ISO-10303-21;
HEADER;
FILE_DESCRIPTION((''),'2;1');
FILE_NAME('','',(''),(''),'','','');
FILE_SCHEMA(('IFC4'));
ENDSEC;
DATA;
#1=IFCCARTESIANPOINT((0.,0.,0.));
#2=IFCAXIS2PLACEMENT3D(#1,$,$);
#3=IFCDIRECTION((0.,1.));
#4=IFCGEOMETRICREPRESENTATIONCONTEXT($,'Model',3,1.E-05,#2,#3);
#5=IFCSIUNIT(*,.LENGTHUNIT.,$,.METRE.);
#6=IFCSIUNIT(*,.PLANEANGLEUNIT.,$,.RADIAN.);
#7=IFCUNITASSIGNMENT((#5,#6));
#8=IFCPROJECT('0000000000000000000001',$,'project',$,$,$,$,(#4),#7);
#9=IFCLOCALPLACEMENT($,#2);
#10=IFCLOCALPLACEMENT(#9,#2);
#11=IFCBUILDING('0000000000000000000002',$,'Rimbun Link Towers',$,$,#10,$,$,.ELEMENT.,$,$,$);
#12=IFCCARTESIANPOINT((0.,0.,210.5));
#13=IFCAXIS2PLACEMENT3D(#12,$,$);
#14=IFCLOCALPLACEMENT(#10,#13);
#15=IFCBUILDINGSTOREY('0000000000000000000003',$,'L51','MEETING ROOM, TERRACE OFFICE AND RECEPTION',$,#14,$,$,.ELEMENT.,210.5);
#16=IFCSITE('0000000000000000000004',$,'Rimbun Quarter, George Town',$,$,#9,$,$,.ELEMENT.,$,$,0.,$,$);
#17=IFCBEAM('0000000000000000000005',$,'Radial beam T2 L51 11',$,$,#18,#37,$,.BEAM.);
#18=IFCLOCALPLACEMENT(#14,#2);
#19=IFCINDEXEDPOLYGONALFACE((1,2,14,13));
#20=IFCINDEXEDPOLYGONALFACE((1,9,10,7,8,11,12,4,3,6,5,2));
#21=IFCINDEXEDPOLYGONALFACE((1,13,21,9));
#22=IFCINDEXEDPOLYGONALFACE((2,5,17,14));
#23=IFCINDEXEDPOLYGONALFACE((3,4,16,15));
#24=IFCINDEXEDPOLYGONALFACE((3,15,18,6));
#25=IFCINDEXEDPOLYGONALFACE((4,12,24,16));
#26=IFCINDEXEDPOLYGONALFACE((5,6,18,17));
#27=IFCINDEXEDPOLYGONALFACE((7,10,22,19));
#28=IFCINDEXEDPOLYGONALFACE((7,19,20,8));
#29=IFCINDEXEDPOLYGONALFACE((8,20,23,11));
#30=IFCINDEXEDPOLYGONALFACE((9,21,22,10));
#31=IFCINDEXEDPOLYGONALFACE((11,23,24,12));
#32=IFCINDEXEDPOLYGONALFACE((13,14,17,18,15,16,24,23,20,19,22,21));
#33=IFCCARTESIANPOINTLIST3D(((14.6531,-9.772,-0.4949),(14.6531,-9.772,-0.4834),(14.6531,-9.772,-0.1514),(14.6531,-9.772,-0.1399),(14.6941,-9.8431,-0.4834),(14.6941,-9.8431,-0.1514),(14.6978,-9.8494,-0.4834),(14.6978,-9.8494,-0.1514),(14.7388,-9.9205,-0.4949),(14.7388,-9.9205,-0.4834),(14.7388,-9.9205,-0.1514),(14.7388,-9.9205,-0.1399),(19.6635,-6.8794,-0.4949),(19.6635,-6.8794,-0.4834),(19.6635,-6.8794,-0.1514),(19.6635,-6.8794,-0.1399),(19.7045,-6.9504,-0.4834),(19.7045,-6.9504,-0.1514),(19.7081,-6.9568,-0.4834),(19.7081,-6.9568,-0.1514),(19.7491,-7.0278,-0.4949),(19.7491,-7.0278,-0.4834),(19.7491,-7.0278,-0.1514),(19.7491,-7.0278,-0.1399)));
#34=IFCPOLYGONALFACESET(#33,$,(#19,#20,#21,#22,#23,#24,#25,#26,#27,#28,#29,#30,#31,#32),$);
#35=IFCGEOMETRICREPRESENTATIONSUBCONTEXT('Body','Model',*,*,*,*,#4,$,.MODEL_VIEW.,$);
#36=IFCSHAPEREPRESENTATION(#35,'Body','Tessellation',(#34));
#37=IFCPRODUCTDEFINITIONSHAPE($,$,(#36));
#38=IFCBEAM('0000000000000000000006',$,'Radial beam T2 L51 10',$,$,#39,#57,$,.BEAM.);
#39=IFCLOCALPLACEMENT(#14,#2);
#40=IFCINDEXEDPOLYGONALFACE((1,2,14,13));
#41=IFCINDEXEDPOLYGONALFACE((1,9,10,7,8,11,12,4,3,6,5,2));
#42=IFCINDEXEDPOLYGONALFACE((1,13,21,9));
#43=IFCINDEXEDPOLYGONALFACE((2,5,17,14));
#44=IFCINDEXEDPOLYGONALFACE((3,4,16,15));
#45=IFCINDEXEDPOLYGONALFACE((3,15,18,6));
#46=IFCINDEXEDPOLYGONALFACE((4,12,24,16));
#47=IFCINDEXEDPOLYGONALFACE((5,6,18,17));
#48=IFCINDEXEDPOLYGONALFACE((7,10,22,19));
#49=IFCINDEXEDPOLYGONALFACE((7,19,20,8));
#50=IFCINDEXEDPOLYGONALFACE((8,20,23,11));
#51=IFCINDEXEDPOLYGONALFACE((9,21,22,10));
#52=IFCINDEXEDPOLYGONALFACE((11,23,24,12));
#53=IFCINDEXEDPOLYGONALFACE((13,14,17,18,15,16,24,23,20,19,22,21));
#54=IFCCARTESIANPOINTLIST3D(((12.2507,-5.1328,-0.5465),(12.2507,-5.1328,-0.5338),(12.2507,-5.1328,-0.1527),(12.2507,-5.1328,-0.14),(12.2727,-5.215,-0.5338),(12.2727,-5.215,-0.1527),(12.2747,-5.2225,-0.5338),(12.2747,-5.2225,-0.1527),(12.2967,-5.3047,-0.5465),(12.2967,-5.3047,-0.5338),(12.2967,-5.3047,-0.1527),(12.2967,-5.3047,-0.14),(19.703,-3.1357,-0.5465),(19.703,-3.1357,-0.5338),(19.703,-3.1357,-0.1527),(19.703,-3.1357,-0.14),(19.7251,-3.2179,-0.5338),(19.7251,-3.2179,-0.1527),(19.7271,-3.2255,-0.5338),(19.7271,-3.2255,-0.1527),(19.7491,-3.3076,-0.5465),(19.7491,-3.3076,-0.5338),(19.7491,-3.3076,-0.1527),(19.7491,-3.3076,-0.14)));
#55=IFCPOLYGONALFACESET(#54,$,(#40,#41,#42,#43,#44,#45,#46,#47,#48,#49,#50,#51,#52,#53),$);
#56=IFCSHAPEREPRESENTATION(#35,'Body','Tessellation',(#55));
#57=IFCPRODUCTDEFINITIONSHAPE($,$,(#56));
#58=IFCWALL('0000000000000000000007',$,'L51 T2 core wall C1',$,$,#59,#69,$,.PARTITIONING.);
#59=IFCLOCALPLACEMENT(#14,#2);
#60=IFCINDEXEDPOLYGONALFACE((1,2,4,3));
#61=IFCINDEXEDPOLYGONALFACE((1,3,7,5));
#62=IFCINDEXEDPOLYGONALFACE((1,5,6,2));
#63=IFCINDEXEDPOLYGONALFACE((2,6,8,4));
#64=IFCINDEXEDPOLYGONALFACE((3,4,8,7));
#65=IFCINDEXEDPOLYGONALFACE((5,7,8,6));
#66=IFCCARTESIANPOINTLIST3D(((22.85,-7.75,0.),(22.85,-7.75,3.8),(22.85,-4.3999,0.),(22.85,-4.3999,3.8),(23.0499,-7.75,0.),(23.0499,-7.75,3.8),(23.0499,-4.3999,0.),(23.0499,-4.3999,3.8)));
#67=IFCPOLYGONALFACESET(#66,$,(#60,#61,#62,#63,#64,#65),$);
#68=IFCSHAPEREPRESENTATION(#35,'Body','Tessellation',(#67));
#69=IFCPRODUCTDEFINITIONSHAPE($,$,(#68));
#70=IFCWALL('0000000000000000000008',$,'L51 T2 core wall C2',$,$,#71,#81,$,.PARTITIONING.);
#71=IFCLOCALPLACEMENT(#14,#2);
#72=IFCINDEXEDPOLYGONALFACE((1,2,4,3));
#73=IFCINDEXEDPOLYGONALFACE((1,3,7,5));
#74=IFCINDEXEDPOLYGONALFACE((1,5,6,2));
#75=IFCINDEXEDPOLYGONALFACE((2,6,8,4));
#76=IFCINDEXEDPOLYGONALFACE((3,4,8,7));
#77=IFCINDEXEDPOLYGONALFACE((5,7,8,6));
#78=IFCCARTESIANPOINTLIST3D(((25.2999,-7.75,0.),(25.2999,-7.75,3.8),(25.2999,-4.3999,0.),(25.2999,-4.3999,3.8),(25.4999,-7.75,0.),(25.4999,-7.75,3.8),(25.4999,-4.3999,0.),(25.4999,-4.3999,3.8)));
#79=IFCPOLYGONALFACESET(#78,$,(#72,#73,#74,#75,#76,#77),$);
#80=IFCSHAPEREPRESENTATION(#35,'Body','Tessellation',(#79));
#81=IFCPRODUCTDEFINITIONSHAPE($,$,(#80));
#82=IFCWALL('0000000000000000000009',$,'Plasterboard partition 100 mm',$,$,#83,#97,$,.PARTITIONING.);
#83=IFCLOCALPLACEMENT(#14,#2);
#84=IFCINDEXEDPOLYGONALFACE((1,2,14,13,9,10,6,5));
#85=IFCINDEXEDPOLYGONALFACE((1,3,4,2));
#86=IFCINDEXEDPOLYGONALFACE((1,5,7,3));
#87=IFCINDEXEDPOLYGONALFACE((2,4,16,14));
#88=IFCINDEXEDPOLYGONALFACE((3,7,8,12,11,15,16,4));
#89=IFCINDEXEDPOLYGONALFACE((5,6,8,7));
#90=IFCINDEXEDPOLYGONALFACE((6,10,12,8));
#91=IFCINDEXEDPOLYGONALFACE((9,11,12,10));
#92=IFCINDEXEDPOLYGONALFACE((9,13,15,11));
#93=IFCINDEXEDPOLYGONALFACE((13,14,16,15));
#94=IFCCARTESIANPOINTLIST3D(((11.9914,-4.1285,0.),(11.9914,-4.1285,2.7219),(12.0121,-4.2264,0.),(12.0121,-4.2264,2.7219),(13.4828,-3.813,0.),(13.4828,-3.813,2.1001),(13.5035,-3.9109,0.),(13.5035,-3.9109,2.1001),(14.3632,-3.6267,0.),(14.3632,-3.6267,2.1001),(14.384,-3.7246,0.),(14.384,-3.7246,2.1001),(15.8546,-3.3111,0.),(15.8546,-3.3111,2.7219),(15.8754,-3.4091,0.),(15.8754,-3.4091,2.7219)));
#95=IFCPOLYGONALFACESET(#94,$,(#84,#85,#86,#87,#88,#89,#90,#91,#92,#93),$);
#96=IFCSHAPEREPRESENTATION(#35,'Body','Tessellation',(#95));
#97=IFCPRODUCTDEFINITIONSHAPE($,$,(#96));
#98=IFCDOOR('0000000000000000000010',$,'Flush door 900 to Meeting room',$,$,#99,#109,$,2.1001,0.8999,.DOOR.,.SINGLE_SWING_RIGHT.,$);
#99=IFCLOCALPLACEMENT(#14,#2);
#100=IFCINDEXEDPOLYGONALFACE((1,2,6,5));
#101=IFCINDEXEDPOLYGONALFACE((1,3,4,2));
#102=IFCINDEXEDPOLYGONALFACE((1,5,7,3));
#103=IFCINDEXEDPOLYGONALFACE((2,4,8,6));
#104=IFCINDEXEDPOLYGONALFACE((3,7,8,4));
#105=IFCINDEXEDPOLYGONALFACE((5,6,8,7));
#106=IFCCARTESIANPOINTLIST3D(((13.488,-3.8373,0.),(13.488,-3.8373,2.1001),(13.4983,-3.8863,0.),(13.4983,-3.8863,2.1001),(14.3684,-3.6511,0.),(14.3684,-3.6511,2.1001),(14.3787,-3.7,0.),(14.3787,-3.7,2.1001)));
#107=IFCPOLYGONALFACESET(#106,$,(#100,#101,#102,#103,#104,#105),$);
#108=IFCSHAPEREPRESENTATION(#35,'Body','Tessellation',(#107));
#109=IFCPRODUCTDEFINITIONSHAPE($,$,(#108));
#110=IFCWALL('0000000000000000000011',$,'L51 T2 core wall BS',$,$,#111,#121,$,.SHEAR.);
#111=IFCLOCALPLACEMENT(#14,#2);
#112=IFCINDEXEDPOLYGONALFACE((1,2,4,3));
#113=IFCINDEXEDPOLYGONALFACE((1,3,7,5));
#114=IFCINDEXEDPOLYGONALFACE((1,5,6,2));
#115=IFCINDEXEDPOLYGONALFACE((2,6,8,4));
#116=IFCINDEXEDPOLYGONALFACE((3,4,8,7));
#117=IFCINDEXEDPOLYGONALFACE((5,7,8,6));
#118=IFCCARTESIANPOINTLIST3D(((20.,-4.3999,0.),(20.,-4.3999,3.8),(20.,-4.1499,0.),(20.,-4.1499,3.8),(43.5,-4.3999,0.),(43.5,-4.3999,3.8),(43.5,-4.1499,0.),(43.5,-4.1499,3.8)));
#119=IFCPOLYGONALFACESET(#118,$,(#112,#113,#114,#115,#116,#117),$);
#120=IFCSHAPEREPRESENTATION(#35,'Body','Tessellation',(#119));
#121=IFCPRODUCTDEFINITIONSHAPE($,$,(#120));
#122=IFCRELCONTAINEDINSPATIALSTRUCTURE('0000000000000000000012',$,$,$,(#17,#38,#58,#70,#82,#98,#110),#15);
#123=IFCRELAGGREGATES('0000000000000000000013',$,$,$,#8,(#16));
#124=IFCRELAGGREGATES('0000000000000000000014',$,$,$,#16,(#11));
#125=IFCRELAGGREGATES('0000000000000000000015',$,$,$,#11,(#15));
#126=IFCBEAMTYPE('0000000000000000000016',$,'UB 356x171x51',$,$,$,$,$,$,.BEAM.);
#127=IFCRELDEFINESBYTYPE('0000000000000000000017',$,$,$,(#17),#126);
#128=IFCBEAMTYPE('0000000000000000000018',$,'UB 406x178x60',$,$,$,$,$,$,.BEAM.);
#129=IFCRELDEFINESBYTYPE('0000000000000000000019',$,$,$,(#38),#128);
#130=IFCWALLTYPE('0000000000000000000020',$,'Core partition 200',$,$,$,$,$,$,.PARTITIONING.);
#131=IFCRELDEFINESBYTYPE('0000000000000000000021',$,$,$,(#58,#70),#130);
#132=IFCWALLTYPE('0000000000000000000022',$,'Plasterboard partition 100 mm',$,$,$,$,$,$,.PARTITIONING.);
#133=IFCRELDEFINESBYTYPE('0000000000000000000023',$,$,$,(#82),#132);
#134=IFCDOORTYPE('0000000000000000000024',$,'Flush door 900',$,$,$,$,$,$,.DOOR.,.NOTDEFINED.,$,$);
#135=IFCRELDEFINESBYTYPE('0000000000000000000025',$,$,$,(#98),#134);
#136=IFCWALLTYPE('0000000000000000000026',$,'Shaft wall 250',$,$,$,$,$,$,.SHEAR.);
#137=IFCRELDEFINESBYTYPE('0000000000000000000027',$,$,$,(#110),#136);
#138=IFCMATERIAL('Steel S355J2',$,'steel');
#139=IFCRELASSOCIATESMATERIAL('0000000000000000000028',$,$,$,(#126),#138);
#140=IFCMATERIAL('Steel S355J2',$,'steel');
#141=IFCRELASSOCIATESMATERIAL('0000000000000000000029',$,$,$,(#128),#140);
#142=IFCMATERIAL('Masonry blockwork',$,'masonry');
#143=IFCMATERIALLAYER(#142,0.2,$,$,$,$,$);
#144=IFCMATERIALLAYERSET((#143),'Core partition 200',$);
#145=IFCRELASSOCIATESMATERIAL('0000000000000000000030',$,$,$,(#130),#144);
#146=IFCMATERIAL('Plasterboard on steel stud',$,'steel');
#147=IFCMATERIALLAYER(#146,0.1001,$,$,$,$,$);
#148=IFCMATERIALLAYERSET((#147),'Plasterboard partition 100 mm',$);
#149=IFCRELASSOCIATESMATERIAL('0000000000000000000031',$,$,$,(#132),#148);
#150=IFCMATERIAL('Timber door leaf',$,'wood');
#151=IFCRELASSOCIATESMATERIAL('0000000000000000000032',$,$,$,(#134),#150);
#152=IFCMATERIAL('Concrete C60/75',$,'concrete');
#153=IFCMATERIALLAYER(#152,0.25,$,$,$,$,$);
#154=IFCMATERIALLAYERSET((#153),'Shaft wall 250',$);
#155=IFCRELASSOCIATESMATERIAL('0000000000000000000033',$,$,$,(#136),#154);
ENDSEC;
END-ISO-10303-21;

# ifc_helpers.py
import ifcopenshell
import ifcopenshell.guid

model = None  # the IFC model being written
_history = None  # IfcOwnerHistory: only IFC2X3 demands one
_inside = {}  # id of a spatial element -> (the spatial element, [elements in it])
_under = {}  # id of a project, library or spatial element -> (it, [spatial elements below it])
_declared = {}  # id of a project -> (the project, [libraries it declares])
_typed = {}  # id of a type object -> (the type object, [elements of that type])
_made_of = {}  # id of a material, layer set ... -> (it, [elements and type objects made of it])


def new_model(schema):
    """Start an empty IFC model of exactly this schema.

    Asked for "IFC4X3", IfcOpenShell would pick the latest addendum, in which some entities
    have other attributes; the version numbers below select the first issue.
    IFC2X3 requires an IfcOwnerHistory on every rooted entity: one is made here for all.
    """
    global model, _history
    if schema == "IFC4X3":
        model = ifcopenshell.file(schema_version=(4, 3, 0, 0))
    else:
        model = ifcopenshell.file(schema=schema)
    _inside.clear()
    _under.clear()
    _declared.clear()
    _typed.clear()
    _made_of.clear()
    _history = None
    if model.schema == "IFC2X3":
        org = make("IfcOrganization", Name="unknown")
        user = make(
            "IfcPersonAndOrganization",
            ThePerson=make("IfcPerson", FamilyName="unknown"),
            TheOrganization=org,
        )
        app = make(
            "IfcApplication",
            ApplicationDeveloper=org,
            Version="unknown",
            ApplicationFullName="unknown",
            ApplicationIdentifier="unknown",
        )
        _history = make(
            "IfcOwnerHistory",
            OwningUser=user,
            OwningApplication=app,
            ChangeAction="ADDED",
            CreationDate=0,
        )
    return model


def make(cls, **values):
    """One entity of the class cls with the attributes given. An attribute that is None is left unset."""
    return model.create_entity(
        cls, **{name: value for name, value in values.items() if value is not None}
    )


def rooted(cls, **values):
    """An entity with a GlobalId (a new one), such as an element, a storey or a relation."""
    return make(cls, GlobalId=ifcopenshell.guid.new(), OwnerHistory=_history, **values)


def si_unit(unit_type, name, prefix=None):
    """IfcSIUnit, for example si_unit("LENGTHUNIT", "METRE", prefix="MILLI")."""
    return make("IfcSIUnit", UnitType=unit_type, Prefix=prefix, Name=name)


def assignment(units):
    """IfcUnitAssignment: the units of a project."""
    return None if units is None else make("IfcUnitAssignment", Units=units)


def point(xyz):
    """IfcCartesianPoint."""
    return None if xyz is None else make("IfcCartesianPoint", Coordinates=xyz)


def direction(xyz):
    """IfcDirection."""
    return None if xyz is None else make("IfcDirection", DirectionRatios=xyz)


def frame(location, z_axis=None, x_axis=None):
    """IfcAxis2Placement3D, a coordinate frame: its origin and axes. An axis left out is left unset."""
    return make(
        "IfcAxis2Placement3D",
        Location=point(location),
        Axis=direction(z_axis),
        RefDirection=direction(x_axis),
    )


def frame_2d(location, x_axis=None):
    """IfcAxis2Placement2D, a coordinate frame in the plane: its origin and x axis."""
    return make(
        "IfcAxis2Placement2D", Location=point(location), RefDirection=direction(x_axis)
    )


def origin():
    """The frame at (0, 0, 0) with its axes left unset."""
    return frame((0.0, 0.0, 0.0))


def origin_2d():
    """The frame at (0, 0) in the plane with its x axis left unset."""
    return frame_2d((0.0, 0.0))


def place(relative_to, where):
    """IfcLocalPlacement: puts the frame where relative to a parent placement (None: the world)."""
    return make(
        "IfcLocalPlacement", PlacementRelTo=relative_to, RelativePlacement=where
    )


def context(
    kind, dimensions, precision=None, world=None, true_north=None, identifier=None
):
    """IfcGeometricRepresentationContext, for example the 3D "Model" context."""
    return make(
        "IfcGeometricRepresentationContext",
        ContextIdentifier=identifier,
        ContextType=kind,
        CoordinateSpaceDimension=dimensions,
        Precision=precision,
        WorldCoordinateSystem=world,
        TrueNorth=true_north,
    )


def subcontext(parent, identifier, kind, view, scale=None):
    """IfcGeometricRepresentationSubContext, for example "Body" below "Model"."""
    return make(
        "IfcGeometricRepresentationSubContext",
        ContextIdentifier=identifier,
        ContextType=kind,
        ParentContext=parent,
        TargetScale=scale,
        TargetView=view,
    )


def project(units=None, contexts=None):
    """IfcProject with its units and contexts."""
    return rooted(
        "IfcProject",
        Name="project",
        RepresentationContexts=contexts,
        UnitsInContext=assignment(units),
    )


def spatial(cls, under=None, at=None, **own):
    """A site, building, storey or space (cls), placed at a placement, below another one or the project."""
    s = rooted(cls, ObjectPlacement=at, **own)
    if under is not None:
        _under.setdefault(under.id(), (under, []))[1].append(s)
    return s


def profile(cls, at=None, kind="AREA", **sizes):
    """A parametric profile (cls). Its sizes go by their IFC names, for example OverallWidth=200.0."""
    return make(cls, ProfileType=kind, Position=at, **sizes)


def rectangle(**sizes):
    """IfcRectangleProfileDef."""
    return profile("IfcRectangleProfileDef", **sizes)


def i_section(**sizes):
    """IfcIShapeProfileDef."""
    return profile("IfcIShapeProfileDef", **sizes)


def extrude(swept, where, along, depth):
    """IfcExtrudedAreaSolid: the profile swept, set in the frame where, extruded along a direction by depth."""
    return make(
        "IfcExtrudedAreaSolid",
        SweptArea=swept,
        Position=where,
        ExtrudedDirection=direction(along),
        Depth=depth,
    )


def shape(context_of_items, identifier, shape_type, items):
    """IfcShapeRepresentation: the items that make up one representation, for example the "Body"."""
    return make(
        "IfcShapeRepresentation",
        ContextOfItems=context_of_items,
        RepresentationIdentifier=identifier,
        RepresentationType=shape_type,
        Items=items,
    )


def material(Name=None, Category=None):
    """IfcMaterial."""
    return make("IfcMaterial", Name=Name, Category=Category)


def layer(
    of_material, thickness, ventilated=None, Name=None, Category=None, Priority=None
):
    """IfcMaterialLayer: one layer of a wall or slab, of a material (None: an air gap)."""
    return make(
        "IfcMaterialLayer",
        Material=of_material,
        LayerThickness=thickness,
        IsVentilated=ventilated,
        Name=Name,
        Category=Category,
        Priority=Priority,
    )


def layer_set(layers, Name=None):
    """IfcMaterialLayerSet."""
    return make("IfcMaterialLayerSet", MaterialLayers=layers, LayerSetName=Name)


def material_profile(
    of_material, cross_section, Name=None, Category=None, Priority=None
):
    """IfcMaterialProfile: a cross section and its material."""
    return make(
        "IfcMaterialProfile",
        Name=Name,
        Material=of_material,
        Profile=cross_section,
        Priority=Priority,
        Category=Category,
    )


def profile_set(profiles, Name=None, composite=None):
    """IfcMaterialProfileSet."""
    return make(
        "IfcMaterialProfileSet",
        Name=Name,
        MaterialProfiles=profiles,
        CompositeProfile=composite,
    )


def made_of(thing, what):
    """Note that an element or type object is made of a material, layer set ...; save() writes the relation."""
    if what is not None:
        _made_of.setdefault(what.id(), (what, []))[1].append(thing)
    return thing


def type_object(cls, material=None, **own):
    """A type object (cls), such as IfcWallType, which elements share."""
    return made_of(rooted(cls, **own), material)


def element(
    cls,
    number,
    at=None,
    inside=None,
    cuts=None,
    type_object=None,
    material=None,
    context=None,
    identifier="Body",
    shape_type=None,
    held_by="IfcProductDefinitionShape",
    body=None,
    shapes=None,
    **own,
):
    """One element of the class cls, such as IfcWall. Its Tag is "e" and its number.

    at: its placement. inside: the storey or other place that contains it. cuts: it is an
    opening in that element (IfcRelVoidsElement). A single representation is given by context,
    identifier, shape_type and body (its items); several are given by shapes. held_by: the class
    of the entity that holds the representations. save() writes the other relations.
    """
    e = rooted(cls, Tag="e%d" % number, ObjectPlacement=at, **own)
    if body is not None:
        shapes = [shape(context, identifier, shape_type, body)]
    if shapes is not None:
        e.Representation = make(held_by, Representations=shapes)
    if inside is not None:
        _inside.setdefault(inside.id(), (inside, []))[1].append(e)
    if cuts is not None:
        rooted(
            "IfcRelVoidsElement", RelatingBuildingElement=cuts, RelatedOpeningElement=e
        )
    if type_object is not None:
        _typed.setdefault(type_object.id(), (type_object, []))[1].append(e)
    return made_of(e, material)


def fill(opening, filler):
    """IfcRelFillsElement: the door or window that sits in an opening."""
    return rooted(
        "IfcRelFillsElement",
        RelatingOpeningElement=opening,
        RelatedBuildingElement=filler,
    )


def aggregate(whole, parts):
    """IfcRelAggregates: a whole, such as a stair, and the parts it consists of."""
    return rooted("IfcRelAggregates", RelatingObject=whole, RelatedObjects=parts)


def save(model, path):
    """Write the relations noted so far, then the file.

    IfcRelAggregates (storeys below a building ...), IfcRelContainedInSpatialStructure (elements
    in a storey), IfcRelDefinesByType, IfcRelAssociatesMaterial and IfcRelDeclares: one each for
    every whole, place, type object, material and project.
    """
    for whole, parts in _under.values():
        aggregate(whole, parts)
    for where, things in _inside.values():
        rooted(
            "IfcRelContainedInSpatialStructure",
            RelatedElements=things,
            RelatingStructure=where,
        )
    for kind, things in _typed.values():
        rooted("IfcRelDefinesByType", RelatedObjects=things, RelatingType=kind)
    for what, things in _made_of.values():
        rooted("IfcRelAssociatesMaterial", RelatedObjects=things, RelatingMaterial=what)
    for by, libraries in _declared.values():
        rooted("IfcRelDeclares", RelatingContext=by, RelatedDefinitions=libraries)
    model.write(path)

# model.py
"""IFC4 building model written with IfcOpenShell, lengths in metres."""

from ifc_helpers import new_model, si_unit, direction, frame, frame_2d, origin, origin_2d, place, context, subcontext, project, spatial, rectangle, i_section, extrude, material, layer, layer_set, material_profile, profile_set, type_object, element, fill, save


model = new_model("IFC4")

# Units and contexts
model_context = context("Model", 3, precision=1e-05, world=origin(), true_north=direction((0.0, 1.0)))
body_context = subcontext(model_context, "Body", "Model", "MODEL_VIEW")
ifc_project = project(units=[si_unit("LENGTHUNIT", "METRE"), si_unit("PLANEANGLEUNIT", "RADIAN")], contexts=[model_context])

# Site, building, storey
site_placement = place(None, origin())
site = spatial("IfcSite", under=ifc_project, at=site_placement, Name="Rimbun Quarter, George Town", CompositionType="ELEMENT", RefElevation=0.0)
building_placement = place(site_placement, origin())
building = spatial("IfcBuilding", under=site, at=building_placement, Name="Rimbun Link Towers", CompositionType="ELEMENT")
storey_placement = place(building_placement, frame((0.0, 0.0, 210.5)))
storey = spatial("IfcBuildingStorey", under=building, at=storey_placement, Name="L51", Description="MEETING ROOM, TERRACE OFFICE AND RECEPTION", CompositionType="ELEMENT", Elevation=210.5)

# Beams
ifc_material_1 = material(Name="Steel S355J2", Category="steel")
ifc_material_profile_1 = material_profile(ifc_material_1, i_section(OverallWidth=0.1714, OverallDepth=0.355, WebThickness=0.0073, FlangeThickness=0.0115, at=origin_2d()), Name="UB 356x171x51")
ifc_profile_set_1 = profile_set([ifc_material_profile_1], Name="Steel S355J2")
beam_type_1 = type_object("IfcBeamType", Name="UB 356x171x51", PredefinedType="BEAM", material=ifc_profile_set_1)
beam_1_placement = place(storey_placement, frame((19.7063, -6.9536, -0.3174), z_axis=(-0.866032, -0.499988, 0.0), x_axis=(0.499988, -0.866032, 0.0)))
element("IfcBeam", 1, at=beam_1_placement, inside=storey, type_object=beam_type_1, Name="Radial beam T2 L51 11", PredefinedType="BEAM", context=body_context, shape_type="SweptSolid", body=[
    extrude(i_section(OverallWidth=0.1714, OverallDepth=0.355, WebThickness=0.0073, FlangeThickness=0.0115, at=origin_2d()), origin(), (0.0, 0.0, 1.0), 5.7854),
])
ifc_material_2 = material(Name="Steel S355J2", Category="steel")
ifc_material_profile_2 = material_profile(ifc_material_2, i_section(OverallWidth=0.178, OverallDepth=0.4065, WebThickness=0.0078, FlangeThickness=0.0127, at=origin_2d()), Name="UB 406x178x60")
ifc_profile_set_2 = profile_set([ifc_material_profile_2], Name="Steel S355J2")
beam_type_2 = type_object("IfcBeamType", Name="UB 406x178x60", PredefinedType="BEAM", material=ifc_profile_set_2)
beam_2_placement = place(storey_placement, frame((19.7261, -3.2217, -0.3433), z_axis=(-0.965919, -0.258844, 0.0), x_axis=(0.258844, -0.965919, 0.0)))
element("IfcBeam", 2, at=beam_2_placement, inside=storey, type_object=beam_type_2, Name="Radial beam T2 L51 10", PredefinedType="BEAM", context=body_context, shape_type="SweptSolid", body=[
    extrude(i_section(OverallWidth=0.178, OverallDepth=0.4065, WebThickness=0.0078, FlangeThickness=0.0127, at=origin_2d()), origin(), (0.0, 0.0, 1.0), 7.7153),
])

# Walls
ifc_material_3 = material(Name="Masonry blockwork", Category="masonry")
ifc_layer_1 = layer(ifc_material_3, 0.2)
ifc_layer_set_1 = layer_set([ifc_layer_1], Name="Core partition 200")
wall_type_1 = type_object("IfcWallType", Name="Core partition 200", PredefinedType="PARTITIONING", material=ifc_layer_set_1)
for number, where, z_axis, x_axis, name in (
    (3, (22.95, -4.3999, 0.0), (0.0, 0.0, 1.0), (0.0, -1.0, 0.0), "L51 T2 core wall C1"),
    (4, (25.3999, -4.3999, 0.0), (0.0, 0.0, 1.0), (0.0, -1.0, 0.0), "L51 T2 core wall C2"),
):
    element("IfcWall", number, at=place(storey_placement, frame(where, z_axis=z_axis, x_axis=x_axis)), inside=storey, type_object=wall_type_1, Name=name, PredefinedType="PARTITIONING", context=body_context, shape_type="SweptSolid", body=[
        extrude(rectangle(XDim=3.3501, YDim=0.2, at=frame_2d((1.675, 0.0))), origin(), (0.0, 0.0, 1.0), 3.8),
    ])

# Wall, opening, door
ifc_material_4 = material(Name="Plasterboard on steel stud", Category="steel")
ifc_layer_2 = layer(ifc_material_4, 0.1001)
ifc_layer_set_2 = layer_set([ifc_layer_2], Name="Plasterboard partition 100 mm")
wall_type_2 = type_object("IfcWallType", Name="Plasterboard partition 100 mm", PredefinedType="PARTITIONING", material=ifc_layer_set_2)
wall_1_placement = place(storey_placement, frame((15.865, -3.3601, 0.0), z_axis=(0.0, 0.0, 1.0), x_axis=(-0.978342, -0.206995, 0.0)))
wall_1 = element("IfcWall", 5, at=wall_1_placement, inside=storey, type_object=wall_type_2, Name="Plasterboard partition 100 mm", PredefinedType="PARTITIONING", context=body_context, shape_type="SweptSolid", body=[
    extrude(rectangle(XDim=3.9487, YDim=0.1001, at=frame_2d((1.9744, 0.0))), origin(), (0.0, 0.0, 1.0), 2.7219),
])
opening_1_placement = place(wall_1_placement, frame((1.5244, 0.0, 0.0)))
opening_1 = element("IfcOpeningElement", 6, at=opening_1_placement, cuts=wall_1, PredefinedType="OPENING", context=body_context, shape_type="SweptSolid", body=[
    extrude(rectangle(XDim=0.8999, YDim=2.1001, at=frame_2d((0.45, 1.05))), frame((0.0, 0.0601, 0.0), z_axis=(0.0, -1.0, 0.0), x_axis=(1.0, 0.0, 0.0)), (0.0, 0.0, 1.0), 0.1201),
])
ifc_material_5 = material(Name="Timber door leaf", Category="wood")
door_type_1 = type_object("IfcDoorType", Name="Flush door 900", OperationType="NOTDEFINED", PredefinedType="DOOR", material=ifc_material_5)
door_1_placement = place(opening_1_placement, origin())
door_1 = element("IfcDoor", 7, at=door_1_placement, inside=storey, type_object=door_type_1, Name="Flush door 900 to Meeting room", OperationType="SINGLE_SWING_RIGHT", OverallHeight=2.1001, OverallWidth=0.8999, PredefinedType="DOOR", context=body_context, shape_type="SweptSolid", body=[
    extrude(rectangle(XDim=0.8999, YDim=2.1001, at=frame_2d((0.45, 1.05))), frame((0.0, 0.0249, 0.0), z_axis=(0.0, -1.0, 0.0), x_axis=(1.0, 0.0, 0.0)), (0.0, 0.0, 1.0), 0.05),
])
fill(opening_1, door_1)

# Wall
ifc_material_6 = material(Name="Concrete C60/75", Category="concrete")
ifc_layer_3 = layer(ifc_material_6, 0.25)
ifc_layer_set_3 = layer_set([ifc_layer_3], Name="Shaft wall 250")
wall_type_3 = type_object("IfcWallType", Name="Shaft wall 250", PredefinedType="SHEAR", material=ifc_layer_set_3)
wall_2_placement = place(storey_placement, frame((20.0, -4.2749, 0.0), z_axis=(0.0, 0.0, 1.0), x_axis=(1.0, 0.0, 0.0)))
element("IfcWall", 8, at=wall_2_placement, inside=storey, type_object=wall_type_3, Name="L51 T2 core wall BS", PredefinedType="SHEAR", context=body_context, shape_type="SweptSolid", body=[
    extrude(rectangle(XDim=23.5, YDim=0.25, at=frame_2d((11.75, 0.0))), origin(), (0.0, 0.0, 1.0), 3.8),
])

save(model, "model.ifc")
